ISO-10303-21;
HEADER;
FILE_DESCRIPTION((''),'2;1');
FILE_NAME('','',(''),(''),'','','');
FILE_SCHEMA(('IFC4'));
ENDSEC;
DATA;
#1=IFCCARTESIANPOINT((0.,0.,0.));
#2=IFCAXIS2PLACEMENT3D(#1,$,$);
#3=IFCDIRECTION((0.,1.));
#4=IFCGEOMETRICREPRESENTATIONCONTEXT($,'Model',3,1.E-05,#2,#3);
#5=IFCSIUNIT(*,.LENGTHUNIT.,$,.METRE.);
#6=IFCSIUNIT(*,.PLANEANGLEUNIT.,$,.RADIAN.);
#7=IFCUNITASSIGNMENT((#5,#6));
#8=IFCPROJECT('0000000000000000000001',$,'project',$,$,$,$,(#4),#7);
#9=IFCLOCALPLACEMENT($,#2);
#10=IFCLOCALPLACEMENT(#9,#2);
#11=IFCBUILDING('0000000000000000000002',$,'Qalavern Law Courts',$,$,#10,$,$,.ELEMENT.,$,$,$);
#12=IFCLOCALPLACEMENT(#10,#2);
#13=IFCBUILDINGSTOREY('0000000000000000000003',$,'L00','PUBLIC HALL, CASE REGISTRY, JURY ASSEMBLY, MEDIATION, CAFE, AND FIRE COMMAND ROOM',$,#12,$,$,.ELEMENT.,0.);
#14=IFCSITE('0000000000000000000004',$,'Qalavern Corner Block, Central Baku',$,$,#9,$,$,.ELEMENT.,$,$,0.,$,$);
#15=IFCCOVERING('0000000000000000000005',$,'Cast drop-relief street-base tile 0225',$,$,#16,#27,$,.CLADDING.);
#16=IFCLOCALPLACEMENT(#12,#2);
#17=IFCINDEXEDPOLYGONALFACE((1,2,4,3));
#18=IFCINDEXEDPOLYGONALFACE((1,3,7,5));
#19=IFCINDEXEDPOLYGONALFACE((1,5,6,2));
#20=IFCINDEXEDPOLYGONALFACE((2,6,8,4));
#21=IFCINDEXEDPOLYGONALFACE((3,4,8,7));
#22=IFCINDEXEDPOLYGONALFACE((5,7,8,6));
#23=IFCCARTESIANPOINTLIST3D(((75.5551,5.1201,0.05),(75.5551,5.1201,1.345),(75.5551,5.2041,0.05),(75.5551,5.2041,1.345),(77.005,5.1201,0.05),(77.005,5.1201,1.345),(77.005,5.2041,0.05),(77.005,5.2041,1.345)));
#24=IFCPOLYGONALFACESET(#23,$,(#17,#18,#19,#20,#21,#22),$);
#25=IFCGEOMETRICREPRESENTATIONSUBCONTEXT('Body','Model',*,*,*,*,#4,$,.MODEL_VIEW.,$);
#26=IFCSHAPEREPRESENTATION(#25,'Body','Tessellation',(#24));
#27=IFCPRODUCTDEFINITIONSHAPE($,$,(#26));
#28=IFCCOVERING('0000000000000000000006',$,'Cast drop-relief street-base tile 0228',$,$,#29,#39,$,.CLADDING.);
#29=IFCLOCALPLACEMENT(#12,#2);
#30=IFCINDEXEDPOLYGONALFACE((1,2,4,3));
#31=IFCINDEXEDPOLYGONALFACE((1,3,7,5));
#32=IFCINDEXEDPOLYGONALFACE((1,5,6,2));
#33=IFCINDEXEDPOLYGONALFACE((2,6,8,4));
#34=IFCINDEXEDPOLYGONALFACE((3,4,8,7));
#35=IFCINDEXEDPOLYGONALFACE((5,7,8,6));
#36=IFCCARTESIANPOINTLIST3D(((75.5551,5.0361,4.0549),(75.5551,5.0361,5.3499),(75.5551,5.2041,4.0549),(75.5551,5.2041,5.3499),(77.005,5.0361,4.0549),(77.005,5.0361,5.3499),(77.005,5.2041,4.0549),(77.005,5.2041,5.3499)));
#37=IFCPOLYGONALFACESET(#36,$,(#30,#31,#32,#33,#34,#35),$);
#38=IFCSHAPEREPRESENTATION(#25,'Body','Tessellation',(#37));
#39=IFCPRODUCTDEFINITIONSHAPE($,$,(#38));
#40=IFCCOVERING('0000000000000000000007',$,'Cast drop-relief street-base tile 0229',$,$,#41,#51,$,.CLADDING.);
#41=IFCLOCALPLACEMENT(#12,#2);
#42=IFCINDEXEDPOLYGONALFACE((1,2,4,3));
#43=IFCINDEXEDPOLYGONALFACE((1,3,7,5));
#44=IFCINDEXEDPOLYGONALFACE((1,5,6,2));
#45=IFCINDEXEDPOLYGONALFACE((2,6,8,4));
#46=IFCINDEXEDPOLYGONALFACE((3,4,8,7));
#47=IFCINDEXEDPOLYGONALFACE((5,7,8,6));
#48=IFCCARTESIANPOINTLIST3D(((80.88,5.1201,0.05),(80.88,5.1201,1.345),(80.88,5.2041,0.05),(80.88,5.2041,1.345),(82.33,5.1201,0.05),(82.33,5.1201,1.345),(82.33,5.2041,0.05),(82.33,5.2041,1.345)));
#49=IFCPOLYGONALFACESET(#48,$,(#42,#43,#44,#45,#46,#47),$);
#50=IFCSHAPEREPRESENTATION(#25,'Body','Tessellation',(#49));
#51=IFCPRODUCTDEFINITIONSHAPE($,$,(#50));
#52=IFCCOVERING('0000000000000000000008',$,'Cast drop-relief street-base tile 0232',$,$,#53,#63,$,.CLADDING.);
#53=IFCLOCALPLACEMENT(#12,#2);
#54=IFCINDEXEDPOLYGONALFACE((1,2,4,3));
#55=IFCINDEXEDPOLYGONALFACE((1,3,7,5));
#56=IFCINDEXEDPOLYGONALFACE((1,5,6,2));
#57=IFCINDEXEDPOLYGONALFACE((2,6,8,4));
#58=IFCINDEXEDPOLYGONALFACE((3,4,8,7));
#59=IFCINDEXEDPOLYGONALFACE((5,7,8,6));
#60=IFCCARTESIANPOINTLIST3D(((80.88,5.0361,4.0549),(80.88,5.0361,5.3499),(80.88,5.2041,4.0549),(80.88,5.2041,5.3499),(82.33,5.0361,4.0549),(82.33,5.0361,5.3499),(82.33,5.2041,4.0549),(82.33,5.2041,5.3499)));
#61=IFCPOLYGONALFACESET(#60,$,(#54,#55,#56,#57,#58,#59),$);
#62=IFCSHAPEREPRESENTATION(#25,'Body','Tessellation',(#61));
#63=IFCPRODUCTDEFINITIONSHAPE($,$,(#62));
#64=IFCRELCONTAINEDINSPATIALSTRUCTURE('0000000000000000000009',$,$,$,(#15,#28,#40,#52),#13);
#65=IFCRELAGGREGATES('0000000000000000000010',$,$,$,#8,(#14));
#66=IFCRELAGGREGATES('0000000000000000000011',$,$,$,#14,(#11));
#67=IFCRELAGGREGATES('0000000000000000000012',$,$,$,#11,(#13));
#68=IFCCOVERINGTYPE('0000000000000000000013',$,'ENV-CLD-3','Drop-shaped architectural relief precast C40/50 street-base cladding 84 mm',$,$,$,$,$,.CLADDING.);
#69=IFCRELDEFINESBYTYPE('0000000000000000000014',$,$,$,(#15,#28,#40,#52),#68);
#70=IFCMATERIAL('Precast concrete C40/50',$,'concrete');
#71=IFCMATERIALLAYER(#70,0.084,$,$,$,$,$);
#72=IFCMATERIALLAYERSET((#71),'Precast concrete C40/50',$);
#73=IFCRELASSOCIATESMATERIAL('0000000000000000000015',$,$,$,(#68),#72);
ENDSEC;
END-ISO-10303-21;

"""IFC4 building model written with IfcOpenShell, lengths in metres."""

from ifc_helpers import new_model, si_unit, direction, frame, origin, origin_2d, place, context, subcontext, project, spatial, rectangle, extrude, material, layer, layer_set, type_object, element, save


model = new_model("IFC4")

# Units and contexts
model_context = context("Model", 3, precision=1e-05, world=origin(), true_north=direction((0.0, 1.0)))
body_context = subcontext(model_context, "Body", "Model", "MODEL_VIEW")
ifc_project = project(units=[si_unit("LENGTHUNIT", "METRE"), si_unit("PLANEANGLEUNIT", "RADIAN")], contexts=[model_context])

# Site, building, storey
site_placement = place(None, origin())
site = spatial("IfcSite", under=ifc_project, at=site_placement, Name="Qalavern Corner Block, Central Baku", CompositionType="ELEMENT", RefElevation=0.0)
building_placement = place(site_placement, origin())
building = spatial("IfcBuilding", under=site, at=building_placement, Name="Qalavern Law Courts", CompositionType="ELEMENT")
storey_placement = place(building_placement, origin())
storey = spatial("IfcBuildingStorey", under=building, at=storey_placement, Name="L00", Description="PUBLIC HALL, CASE REGISTRY, JURY ASSEMBLY, MEDIATION, CAFE, AND FIRE COMMAND ROOM", CompositionType="ELEMENT", Elevation=0.0)

# Coverings
ifc_material_1 = material(Name="Precast concrete C40/50", Category="concrete")
ifc_layer_1 = layer(ifc_material_1, 0.084)
ifc_layer_set_1 = layer_set([ifc_layer_1], Name="Precast concrete C40/50")
covering_type_1 = type_object("IfcCoveringType", Name="ENV-CLD-3", Description="Drop-shaped architectural relief precast C40/50 street-base cladding 84 mm", PredefinedType="CLADDING", material=ifc_layer_set_1)
covering_1_placement = place(storey_placement, frame((76.28, 5.1621, 0.05), z_axis=(0.0, 0.0, 1.0), x_axis=(1.0, 0.0, 0.0)))
element("IfcCovering", 1, at=covering_1_placement, inside=storey, type_object=covering_type_1, Name="Cast drop-relief street-base tile 0225", PredefinedType="CLADDING", context=body_context, shape_type="SweptSolid", body=[
    extrude(rectangle(XDim=1.45, YDim=0.084, at=origin_2d()), origin(), (0.0, 0.0, 1.0), 1.2949),
])
covering_2_placement = place(storey_placement, frame((76.28, 5.1201, 4.0549), z_axis=(0.0, 0.0, 1.0), x_axis=(1.0, 0.0, 0.0)))
element("IfcCovering", 2, at=covering_2_placement, inside=storey, type_object=covering_type_1, Name="Cast drop-relief street-base tile 0228", PredefinedType="CLADDING", context=body_context, shape_type="SweptSolid", body=[
    extrude(rectangle(XDim=1.45, YDim=0.168, at=origin_2d()), origin(), (0.0, 0.0, 1.0), 1.2949),
])
covering_3_placement = place(storey_placement, frame((81.605, 5.1621, 0.05), z_axis=(0.0, 0.0, 1.0), x_axis=(1.0, 0.0, 0.0)))
element("IfcCovering", 3, at=covering_3_placement, inside=storey, type_object=covering_type_1, Name="Cast drop-relief street-base tile 0229", PredefinedType="CLADDING", context=body_context, shape_type="SweptSolid", body=[
    extrude(rectangle(XDim=1.45, YDim=0.084, at=origin_2d()), origin(), (0.0, 0.0, 1.0), 1.2949),
])
covering_4_placement = place(storey_placement, frame((81.605, 5.1201, 4.0549), z_axis=(0.0, 0.0, 1.0), x_axis=(1.0, 0.0, 0.0)))
element("IfcCovering", 4, at=covering_4_placement, inside=storey, type_object=covering_type_1, Name="Cast drop-relief street-base tile 0232", PredefinedType="CLADDING", context=body_context, shape_type="SweptSolid", body=[
    extrude(rectangle(XDim=1.45, YDim=0.168, at=origin_2d()), origin(), (0.0, 0.0, 1.0), 1.2949),
])

save(model, "model.ifc")
